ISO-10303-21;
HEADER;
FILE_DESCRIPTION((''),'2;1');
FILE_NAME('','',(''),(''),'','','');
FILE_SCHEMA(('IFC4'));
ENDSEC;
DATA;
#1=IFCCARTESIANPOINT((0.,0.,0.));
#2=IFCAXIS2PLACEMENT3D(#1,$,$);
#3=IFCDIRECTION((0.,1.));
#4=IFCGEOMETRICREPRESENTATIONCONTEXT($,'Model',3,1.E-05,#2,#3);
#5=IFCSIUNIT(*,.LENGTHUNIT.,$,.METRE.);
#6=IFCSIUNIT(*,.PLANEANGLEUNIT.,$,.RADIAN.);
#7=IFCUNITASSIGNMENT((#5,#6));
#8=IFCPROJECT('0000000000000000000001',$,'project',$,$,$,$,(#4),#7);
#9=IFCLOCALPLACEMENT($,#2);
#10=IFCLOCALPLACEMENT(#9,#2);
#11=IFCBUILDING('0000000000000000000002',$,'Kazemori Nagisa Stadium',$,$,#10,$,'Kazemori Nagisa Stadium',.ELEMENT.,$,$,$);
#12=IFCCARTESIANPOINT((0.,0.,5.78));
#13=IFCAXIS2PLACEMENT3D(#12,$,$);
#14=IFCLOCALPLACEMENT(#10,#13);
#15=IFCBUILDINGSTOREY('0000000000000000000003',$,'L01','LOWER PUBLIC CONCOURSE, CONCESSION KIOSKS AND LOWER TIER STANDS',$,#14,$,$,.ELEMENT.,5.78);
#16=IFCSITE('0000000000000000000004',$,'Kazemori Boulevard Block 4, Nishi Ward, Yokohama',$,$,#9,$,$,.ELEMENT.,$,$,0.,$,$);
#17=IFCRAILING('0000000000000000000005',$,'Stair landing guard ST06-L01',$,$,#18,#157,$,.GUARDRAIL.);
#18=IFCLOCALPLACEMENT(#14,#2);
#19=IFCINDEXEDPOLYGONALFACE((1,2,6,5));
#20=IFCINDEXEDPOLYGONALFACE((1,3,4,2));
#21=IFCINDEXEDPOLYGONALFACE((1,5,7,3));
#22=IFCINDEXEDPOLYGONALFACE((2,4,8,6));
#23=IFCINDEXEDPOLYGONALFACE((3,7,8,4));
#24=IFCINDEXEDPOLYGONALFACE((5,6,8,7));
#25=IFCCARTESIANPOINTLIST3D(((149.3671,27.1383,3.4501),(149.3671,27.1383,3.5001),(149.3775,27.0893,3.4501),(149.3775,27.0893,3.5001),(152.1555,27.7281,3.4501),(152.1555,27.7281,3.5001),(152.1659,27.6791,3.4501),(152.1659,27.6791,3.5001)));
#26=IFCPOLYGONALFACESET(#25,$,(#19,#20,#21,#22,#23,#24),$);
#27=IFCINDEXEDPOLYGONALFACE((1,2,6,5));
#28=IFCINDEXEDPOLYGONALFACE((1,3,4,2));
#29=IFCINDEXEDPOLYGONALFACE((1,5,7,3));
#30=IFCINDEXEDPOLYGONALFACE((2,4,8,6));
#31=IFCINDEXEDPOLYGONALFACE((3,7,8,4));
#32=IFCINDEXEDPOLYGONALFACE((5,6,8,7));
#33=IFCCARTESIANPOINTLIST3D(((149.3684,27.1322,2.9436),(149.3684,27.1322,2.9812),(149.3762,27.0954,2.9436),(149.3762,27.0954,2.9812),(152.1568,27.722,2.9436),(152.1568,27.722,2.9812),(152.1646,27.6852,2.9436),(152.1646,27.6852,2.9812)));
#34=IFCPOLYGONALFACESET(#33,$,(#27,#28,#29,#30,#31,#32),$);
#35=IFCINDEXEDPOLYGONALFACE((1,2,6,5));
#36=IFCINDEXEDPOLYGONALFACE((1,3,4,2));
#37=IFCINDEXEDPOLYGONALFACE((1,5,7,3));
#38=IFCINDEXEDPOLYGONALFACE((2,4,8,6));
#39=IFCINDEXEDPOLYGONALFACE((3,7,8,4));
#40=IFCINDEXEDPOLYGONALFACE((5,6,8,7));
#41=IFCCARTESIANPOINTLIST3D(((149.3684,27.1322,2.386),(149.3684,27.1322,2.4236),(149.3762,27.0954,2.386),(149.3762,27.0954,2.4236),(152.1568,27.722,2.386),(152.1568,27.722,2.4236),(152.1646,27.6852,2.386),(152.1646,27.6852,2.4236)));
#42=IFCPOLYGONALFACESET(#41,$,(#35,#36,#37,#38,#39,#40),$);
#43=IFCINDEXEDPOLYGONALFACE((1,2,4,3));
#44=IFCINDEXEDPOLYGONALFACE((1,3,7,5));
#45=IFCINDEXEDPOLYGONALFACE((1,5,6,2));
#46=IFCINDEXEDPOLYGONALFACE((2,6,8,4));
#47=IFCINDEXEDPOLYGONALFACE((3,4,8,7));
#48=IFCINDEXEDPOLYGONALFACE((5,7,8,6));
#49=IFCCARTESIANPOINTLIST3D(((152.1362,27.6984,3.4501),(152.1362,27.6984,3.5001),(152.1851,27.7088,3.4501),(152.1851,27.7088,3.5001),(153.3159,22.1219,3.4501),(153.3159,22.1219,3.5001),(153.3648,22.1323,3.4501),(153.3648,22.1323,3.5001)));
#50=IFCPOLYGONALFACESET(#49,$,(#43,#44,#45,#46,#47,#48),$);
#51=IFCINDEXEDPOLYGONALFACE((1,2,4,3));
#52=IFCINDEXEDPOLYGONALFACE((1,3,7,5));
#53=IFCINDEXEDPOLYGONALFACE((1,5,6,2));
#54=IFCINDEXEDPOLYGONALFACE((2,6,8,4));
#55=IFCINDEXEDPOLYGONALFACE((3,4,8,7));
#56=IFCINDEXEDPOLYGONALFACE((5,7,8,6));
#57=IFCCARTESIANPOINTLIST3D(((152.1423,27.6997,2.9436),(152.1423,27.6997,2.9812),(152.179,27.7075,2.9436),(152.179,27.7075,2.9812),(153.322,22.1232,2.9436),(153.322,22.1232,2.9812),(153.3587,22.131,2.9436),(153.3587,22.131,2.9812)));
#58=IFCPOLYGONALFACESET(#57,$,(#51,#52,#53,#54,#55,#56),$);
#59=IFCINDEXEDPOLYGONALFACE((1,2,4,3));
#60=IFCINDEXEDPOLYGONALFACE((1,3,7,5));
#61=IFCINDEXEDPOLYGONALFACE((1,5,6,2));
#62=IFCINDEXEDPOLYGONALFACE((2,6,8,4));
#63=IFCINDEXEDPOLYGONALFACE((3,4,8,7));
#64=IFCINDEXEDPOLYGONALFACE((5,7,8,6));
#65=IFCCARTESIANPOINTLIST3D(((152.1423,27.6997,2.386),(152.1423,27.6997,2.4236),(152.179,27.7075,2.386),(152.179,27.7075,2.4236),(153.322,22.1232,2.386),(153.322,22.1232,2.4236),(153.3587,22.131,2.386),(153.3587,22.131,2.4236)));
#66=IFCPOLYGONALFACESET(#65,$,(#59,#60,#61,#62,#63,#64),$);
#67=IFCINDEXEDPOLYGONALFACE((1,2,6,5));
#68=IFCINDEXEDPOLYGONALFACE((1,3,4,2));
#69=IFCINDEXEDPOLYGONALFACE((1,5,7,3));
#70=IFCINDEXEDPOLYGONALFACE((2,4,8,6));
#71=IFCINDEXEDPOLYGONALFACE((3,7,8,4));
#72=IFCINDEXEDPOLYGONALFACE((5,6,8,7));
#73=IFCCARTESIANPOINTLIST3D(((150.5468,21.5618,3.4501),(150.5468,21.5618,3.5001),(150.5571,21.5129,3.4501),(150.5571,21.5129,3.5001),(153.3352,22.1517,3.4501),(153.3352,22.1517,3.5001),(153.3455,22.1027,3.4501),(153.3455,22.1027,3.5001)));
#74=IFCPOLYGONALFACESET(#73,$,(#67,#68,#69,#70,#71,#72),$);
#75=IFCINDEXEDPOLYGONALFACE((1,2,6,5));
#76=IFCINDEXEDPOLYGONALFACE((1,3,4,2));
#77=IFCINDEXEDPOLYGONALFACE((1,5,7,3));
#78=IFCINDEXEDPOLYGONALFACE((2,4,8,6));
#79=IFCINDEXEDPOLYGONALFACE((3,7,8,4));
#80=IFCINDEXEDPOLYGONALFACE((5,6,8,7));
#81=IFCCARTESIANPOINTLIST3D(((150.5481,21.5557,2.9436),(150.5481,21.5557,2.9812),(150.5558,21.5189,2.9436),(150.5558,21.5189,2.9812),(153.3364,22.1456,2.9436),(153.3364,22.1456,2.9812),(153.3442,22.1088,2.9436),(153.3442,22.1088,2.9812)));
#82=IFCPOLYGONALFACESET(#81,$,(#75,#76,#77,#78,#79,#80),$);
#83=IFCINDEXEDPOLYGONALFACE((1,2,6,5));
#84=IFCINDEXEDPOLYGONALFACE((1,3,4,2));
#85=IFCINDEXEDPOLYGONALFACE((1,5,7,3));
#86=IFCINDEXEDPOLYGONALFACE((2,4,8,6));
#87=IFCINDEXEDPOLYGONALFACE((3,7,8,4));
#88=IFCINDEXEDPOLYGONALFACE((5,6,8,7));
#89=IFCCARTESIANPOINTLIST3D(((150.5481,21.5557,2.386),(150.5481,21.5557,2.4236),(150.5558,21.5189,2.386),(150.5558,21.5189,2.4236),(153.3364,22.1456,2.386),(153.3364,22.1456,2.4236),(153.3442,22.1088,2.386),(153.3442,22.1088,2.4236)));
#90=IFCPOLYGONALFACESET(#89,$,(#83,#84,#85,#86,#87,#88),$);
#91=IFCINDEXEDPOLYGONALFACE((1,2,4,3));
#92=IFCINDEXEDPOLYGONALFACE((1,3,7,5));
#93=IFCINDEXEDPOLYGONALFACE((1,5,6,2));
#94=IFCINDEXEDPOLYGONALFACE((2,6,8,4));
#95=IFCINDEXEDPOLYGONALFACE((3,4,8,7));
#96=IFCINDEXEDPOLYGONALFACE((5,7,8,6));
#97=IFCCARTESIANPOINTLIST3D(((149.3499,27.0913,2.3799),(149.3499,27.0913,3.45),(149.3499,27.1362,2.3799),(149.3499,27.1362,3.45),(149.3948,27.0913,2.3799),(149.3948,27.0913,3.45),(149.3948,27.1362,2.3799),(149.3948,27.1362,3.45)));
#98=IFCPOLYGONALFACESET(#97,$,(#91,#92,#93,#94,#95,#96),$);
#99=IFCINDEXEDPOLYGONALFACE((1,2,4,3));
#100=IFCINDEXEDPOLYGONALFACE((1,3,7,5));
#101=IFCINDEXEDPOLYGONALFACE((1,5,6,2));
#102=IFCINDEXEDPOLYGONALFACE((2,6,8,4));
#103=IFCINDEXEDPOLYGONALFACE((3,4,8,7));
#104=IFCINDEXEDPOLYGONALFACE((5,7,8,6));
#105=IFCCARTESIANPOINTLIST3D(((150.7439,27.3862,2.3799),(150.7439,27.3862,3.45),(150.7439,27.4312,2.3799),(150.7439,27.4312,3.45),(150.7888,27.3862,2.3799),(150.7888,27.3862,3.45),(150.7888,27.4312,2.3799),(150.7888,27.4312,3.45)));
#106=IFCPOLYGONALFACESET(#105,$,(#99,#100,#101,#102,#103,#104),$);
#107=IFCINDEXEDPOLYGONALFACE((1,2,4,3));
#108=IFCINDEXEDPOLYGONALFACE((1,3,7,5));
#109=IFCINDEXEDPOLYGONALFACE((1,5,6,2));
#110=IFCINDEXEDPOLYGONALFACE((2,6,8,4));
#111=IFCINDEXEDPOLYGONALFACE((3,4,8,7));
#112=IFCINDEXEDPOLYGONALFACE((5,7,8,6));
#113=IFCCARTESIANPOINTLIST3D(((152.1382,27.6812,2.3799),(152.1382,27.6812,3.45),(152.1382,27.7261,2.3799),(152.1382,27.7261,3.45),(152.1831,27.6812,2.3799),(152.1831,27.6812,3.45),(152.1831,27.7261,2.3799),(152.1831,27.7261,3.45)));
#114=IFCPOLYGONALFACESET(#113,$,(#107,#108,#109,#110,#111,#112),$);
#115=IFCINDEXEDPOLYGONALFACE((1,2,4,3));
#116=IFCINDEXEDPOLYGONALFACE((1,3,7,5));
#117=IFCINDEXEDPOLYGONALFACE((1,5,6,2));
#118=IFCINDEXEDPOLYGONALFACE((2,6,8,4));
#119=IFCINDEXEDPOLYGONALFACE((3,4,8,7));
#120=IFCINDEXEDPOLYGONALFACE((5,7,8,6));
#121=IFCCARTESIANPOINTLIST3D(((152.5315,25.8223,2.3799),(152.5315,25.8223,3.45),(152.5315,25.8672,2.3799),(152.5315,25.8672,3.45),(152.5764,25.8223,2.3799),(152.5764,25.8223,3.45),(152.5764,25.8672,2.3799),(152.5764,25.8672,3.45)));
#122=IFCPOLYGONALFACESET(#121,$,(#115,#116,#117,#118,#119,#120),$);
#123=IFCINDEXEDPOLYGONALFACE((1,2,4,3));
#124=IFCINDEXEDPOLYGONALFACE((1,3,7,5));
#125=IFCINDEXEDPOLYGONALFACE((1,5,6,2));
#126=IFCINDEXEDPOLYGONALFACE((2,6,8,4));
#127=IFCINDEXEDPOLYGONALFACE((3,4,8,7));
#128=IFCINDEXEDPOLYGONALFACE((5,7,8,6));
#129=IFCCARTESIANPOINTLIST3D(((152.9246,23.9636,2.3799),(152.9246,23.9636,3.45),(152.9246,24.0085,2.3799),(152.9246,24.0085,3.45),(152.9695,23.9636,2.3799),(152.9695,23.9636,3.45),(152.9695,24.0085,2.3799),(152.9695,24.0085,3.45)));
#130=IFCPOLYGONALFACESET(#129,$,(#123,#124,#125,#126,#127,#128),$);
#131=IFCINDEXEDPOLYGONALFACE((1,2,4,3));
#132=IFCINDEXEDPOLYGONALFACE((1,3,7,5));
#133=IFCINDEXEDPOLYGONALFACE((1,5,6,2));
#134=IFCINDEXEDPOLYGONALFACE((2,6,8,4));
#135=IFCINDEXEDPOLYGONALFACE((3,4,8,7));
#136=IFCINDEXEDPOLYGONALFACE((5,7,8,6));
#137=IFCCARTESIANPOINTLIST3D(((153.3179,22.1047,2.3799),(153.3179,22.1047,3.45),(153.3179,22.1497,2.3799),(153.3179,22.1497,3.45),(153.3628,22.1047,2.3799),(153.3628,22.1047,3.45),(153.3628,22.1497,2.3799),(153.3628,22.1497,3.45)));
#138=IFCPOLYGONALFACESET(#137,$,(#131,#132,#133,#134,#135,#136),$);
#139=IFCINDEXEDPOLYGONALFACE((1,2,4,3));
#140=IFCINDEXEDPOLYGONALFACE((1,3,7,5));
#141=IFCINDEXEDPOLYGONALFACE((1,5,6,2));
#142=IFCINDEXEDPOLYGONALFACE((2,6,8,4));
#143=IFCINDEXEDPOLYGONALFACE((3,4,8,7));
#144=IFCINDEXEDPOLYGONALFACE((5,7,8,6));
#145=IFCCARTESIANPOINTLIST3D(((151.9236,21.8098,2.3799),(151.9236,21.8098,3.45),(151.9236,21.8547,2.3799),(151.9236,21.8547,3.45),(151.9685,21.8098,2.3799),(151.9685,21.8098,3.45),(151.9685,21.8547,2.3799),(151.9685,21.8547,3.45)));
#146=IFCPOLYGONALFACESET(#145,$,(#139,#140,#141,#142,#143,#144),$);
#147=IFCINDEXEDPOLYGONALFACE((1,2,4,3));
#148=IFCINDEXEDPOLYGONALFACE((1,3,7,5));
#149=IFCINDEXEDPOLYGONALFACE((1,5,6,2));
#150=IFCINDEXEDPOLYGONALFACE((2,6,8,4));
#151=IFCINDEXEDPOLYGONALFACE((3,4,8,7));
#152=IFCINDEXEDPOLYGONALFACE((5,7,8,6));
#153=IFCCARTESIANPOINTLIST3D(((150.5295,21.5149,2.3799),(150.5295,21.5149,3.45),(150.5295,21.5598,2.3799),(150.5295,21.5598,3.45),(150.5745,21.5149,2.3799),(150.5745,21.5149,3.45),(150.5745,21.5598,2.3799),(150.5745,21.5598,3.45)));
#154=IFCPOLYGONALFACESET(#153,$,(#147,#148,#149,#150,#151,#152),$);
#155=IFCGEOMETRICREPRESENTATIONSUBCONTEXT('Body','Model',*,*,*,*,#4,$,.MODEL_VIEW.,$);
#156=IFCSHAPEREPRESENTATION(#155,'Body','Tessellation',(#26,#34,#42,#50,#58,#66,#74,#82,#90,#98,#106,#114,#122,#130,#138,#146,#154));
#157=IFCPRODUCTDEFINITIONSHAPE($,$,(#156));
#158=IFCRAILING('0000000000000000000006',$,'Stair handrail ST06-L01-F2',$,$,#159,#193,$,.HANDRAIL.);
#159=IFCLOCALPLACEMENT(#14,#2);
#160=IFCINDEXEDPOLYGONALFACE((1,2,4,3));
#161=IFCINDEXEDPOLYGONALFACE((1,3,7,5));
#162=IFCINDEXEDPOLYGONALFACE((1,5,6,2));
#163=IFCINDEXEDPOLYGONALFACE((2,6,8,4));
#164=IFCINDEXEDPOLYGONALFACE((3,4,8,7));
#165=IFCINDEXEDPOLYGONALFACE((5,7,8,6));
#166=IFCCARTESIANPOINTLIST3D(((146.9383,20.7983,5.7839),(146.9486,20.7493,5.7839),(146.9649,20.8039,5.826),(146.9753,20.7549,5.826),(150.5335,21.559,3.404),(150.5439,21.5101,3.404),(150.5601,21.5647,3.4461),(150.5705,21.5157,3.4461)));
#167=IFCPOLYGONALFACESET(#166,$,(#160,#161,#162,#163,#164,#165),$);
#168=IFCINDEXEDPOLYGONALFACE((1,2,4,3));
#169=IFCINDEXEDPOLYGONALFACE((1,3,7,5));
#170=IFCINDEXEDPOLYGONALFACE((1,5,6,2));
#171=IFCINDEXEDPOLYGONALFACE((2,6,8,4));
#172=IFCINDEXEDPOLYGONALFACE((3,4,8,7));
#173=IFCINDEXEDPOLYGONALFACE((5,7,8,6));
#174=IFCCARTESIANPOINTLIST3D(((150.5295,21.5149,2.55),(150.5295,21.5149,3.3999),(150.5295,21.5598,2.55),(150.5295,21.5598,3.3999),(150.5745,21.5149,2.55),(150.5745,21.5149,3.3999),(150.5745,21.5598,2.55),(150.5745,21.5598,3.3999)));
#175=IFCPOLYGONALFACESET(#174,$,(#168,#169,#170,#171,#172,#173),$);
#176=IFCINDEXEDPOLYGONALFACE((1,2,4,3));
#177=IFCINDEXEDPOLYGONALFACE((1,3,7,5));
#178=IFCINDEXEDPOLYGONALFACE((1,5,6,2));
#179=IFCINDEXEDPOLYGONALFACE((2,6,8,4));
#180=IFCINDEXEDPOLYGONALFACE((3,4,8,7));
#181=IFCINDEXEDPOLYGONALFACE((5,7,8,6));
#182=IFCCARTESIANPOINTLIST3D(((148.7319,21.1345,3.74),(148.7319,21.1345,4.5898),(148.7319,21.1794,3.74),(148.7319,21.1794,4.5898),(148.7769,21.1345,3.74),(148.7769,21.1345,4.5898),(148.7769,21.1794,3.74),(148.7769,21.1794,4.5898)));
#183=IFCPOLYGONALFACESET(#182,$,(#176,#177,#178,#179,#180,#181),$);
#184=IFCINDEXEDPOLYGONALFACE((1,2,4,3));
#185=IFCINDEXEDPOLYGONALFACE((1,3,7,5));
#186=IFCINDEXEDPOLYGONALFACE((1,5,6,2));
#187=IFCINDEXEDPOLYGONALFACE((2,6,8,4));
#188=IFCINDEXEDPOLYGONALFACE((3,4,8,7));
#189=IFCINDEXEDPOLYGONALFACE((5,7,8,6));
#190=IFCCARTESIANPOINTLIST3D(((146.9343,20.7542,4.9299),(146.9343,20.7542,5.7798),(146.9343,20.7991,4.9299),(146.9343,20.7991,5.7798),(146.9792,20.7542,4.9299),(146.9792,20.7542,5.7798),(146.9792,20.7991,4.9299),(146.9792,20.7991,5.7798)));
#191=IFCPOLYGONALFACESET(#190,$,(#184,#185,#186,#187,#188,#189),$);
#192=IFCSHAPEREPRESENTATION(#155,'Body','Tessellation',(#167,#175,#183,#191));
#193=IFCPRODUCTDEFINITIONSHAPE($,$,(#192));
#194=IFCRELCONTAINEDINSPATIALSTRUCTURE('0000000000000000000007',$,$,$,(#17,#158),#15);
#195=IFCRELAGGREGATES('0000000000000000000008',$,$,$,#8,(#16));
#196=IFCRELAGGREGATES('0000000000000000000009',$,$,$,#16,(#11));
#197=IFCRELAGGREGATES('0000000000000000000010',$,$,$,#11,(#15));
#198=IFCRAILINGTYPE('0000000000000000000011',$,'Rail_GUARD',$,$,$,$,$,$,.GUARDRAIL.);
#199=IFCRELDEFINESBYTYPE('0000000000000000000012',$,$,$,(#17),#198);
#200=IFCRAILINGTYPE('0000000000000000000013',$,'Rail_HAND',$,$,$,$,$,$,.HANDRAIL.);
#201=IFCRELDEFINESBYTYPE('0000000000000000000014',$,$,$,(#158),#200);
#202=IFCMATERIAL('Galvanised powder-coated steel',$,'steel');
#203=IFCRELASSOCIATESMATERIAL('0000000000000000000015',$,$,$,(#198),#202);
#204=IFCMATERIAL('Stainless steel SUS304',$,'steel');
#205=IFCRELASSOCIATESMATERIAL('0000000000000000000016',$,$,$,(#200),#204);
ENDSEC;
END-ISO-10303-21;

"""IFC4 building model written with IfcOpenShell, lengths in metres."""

from ifc_helpers import new_model, si_unit, direction, frame, origin, origin_2d, place, context, subcontext, project, spatial, rectangle, extrude, material, type_object, element, save


model = new_model("IFC4")

# Units and contexts
model_context = context("Model", 3, precision=1e-05, world=origin(), true_north=direction((0.0, 1.0)))
body_context = subcontext(model_context, "Body", "Model", "MODEL_VIEW")
ifc_project = project(units=[si_unit("LENGTHUNIT", "METRE"), si_unit("PLANEANGLEUNIT", "RADIAN")], contexts=[model_context])

# Site, building, storey
site_placement = place(None, origin())
site = spatial("IfcSite", under=ifc_project, at=site_placement, Name="Kazemori Boulevard Block 4, Nishi Ward, Yokohama", CompositionType="ELEMENT", RefElevation=0.0)
building_placement = place(site_placement, origin())
building = spatial("IfcBuilding", under=site, at=building_placement, Name="Kazemori Nagisa Stadium", LongName="Kazemori Nagisa Stadium", CompositionType="ELEMENT")
storey_placement = place(building_placement, frame((0.0, 0.0, 5.78)))
storey = spatial("IfcBuildingStorey", under=building, at=storey_placement, Name="L01", Description="LOWER PUBLIC CONCOURSE, CONCESSION KIOSKS AND LOWER TIER STANDS", CompositionType="ELEMENT", Elevation=5.78)

# Shared definitions
ifc_material_1 = material(Name="Stainless steel SUS304", Category="steel")

# Railings
ifc_material_2 = material(Name="Galvanised powder-coated steel", Category="steel")
railing_type_1 = type_object("IfcRailingType", Name="Rail_GUARD", PredefinedType="GUARDRAIL", material=ifc_material_2)
railing_1_placement = place(storey_placement, frame((149.3723, 27.1138, 2.3799)))
element("IfcRailing", 1, at=railing_1_placement, inside=storey, type_object=railing_type_1, Name="Stair landing guard ST06-L01", PredefinedType="GUARDRAIL", context=body_context, shape_type="SweptSolid", body=[
    extrude(rectangle(XDim=0.05, YDim=0.05, at=origin_2d()), frame((0.0, 0.0, 1.0952), z_axis=(0.978349, 0.20696, 0.0), x_axis=(-0.20696, 0.978349, 0.0)), (0.0, 0.0, 1.0), 2.8501),
    extrude(rectangle(XDim=0.0376, YDim=0.0376, at=origin_2d()), frame((0.0, 0.0, 0.5825), z_axis=(0.978349, 0.20696, 0.0), x_axis=(-0.20696, 0.978349, 0.0)), (0.0, 0.0, 1.0), 2.8501),
    extrude(rectangle(XDim=0.0376, YDim=0.0376, at=origin_2d()), frame((0.0, 0.0, 0.0249), z_axis=(0.978349, 0.20696, 0.0), x_axis=(-0.20696, 0.978349, 0.0)), (0.0, 0.0, 1.0), 2.8501),
    extrude(rectangle(XDim=0.05, YDim=0.05, at=origin_2d()), frame((2.7883, 0.5898, 1.0952), z_axis=(0.206969, -0.978348, 0.0), x_axis=(0.978348, 0.206969, 0.0)), (0.0, 0.0, 1.0), 5.7),
    extrude(rectangle(XDim=0.0376, YDim=0.0376, at=origin_2d()), frame((2.7883, 0.5898, 0.5825), z_axis=(0.206969, -0.978348, 0.0), x_axis=(0.978348, 0.206969, 0.0)), (0.0, 0.0, 1.0), 5.7),
    extrude(rectangle(XDim=0.0376, YDim=0.0376, at=origin_2d()), frame((2.7883, 0.5898, 0.0249), z_axis=(0.206969, -0.978348, 0.0), x_axis=(0.978348, 0.206969, 0.0)), (0.0, 0.0, 1.0), 5.7),
    extrude(rectangle(XDim=0.05, YDim=0.05, at=origin_2d()), frame((3.968, -4.9866, 1.0952), z_axis=(-0.978349, -0.20696, 0.0), x_axis=(0.20696, -0.978349, 0.0)), (0.0, 0.0, 1.0), 2.8501),
    extrude(rectangle(XDim=0.0376, YDim=0.0376, at=origin_2d()), frame((3.968, -4.9866, 0.5825), z_axis=(-0.978349, -0.20696, 0.0), x_axis=(0.20696, -0.978349, 0.0)), (0.0, 0.0, 1.0), 2.8501),
    extrude(rectangle(XDim=0.0376, YDim=0.0376, at=origin_2d()), frame((3.968, -4.9866, 0.0249), z_axis=(-0.978349, -0.20696, 0.0), x_axis=(0.20696, -0.978349, 0.0)), (0.0, 0.0, 1.0), 2.8501),
    extrude(rectangle(XDim=0.0449, YDim=0.0449, at=origin_2d()), origin(), (0.0, 0.0, 1.0), 1.0701),
    extrude(rectangle(XDim=0.0449, YDim=0.0449, at=origin_2d()), frame((1.394, 0.2949, 0.0)), (0.0, 0.0, 1.0), 1.0701),
    extrude(rectangle(XDim=0.0449, YDim=0.0449, at=origin_2d()), frame((2.7883, 0.5898, 0.0)), (0.0, 0.0, 1.0), 1.0701),
    extrude(rectangle(XDim=0.0449, YDim=0.0449, at=origin_2d()), frame((3.1816, -1.269, 0.0)), (0.0, 0.0, 1.0), 1.0701),
    extrude(rectangle(XDim=0.0449, YDim=0.0449, at=origin_2d()), frame((3.5747, -3.1277, 0.0)), (0.0, 0.0, 1.0), 1.0701),
    extrude(rectangle(XDim=0.0449, YDim=0.0449, at=origin_2d()), frame((3.968, -4.9866, 0.0)), (0.0, 0.0, 1.0), 1.0701),
    extrude(rectangle(XDim=0.0449, YDim=0.0449, at=origin_2d()), frame((2.5737, -5.2815, 0.0)), (0.0, 0.0, 1.0), 1.0701),
    extrude(rectangle(XDim=0.0449, YDim=0.0449, at=origin_2d()), frame((1.1797, -5.5764, 0.0)), (0.0, 0.0, 1.0), 1.0701),
])
railing_type_2 = type_object("IfcRailingType", Name="Rail_HAND", PredefinedType="HANDRAIL", material=ifc_material_1)
railing_2_placement = place(storey_placement, frame((150.552, 21.5374, 2.55)))
element("IfcRailing", 2, at=railing_2_placement, inside=storey, type_object=railing_type_2, Name="Stair handrail ST06-L01-F2", PredefinedType="HANDRAIL", context=body_context, shape_type="SweptSolid", body=[
    extrude(rectangle(XDim=0.05, YDim=0.05, at=origin_2d()), frame((0.0, 0.0, 0.875), z_axis=(-0.821173, -0.173759, 0.543583), x_axis=(0.207015, -0.978338, 0.0)), (0.0, 0.0, 1.0), 4.3782),
    extrude(rectangle(XDim=0.0449, YDim=0.0449, at=origin_2d()), origin(), (0.0, 0.0, 1.0), 0.8499),
    extrude(rectangle(XDim=0.0449, YDim=0.0449, at=origin_2d()), frame((-1.7976, -0.3804, 1.1899)), (0.0, 0.0, 1.0), 0.8499),
    extrude(rectangle(XDim=0.0449, YDim=0.0449, at=origin_2d()), frame((-3.5952, -0.7607, 2.3799)), (0.0, 0.0, 1.0), 0.8499),
])

save(model, "model.ifc")
